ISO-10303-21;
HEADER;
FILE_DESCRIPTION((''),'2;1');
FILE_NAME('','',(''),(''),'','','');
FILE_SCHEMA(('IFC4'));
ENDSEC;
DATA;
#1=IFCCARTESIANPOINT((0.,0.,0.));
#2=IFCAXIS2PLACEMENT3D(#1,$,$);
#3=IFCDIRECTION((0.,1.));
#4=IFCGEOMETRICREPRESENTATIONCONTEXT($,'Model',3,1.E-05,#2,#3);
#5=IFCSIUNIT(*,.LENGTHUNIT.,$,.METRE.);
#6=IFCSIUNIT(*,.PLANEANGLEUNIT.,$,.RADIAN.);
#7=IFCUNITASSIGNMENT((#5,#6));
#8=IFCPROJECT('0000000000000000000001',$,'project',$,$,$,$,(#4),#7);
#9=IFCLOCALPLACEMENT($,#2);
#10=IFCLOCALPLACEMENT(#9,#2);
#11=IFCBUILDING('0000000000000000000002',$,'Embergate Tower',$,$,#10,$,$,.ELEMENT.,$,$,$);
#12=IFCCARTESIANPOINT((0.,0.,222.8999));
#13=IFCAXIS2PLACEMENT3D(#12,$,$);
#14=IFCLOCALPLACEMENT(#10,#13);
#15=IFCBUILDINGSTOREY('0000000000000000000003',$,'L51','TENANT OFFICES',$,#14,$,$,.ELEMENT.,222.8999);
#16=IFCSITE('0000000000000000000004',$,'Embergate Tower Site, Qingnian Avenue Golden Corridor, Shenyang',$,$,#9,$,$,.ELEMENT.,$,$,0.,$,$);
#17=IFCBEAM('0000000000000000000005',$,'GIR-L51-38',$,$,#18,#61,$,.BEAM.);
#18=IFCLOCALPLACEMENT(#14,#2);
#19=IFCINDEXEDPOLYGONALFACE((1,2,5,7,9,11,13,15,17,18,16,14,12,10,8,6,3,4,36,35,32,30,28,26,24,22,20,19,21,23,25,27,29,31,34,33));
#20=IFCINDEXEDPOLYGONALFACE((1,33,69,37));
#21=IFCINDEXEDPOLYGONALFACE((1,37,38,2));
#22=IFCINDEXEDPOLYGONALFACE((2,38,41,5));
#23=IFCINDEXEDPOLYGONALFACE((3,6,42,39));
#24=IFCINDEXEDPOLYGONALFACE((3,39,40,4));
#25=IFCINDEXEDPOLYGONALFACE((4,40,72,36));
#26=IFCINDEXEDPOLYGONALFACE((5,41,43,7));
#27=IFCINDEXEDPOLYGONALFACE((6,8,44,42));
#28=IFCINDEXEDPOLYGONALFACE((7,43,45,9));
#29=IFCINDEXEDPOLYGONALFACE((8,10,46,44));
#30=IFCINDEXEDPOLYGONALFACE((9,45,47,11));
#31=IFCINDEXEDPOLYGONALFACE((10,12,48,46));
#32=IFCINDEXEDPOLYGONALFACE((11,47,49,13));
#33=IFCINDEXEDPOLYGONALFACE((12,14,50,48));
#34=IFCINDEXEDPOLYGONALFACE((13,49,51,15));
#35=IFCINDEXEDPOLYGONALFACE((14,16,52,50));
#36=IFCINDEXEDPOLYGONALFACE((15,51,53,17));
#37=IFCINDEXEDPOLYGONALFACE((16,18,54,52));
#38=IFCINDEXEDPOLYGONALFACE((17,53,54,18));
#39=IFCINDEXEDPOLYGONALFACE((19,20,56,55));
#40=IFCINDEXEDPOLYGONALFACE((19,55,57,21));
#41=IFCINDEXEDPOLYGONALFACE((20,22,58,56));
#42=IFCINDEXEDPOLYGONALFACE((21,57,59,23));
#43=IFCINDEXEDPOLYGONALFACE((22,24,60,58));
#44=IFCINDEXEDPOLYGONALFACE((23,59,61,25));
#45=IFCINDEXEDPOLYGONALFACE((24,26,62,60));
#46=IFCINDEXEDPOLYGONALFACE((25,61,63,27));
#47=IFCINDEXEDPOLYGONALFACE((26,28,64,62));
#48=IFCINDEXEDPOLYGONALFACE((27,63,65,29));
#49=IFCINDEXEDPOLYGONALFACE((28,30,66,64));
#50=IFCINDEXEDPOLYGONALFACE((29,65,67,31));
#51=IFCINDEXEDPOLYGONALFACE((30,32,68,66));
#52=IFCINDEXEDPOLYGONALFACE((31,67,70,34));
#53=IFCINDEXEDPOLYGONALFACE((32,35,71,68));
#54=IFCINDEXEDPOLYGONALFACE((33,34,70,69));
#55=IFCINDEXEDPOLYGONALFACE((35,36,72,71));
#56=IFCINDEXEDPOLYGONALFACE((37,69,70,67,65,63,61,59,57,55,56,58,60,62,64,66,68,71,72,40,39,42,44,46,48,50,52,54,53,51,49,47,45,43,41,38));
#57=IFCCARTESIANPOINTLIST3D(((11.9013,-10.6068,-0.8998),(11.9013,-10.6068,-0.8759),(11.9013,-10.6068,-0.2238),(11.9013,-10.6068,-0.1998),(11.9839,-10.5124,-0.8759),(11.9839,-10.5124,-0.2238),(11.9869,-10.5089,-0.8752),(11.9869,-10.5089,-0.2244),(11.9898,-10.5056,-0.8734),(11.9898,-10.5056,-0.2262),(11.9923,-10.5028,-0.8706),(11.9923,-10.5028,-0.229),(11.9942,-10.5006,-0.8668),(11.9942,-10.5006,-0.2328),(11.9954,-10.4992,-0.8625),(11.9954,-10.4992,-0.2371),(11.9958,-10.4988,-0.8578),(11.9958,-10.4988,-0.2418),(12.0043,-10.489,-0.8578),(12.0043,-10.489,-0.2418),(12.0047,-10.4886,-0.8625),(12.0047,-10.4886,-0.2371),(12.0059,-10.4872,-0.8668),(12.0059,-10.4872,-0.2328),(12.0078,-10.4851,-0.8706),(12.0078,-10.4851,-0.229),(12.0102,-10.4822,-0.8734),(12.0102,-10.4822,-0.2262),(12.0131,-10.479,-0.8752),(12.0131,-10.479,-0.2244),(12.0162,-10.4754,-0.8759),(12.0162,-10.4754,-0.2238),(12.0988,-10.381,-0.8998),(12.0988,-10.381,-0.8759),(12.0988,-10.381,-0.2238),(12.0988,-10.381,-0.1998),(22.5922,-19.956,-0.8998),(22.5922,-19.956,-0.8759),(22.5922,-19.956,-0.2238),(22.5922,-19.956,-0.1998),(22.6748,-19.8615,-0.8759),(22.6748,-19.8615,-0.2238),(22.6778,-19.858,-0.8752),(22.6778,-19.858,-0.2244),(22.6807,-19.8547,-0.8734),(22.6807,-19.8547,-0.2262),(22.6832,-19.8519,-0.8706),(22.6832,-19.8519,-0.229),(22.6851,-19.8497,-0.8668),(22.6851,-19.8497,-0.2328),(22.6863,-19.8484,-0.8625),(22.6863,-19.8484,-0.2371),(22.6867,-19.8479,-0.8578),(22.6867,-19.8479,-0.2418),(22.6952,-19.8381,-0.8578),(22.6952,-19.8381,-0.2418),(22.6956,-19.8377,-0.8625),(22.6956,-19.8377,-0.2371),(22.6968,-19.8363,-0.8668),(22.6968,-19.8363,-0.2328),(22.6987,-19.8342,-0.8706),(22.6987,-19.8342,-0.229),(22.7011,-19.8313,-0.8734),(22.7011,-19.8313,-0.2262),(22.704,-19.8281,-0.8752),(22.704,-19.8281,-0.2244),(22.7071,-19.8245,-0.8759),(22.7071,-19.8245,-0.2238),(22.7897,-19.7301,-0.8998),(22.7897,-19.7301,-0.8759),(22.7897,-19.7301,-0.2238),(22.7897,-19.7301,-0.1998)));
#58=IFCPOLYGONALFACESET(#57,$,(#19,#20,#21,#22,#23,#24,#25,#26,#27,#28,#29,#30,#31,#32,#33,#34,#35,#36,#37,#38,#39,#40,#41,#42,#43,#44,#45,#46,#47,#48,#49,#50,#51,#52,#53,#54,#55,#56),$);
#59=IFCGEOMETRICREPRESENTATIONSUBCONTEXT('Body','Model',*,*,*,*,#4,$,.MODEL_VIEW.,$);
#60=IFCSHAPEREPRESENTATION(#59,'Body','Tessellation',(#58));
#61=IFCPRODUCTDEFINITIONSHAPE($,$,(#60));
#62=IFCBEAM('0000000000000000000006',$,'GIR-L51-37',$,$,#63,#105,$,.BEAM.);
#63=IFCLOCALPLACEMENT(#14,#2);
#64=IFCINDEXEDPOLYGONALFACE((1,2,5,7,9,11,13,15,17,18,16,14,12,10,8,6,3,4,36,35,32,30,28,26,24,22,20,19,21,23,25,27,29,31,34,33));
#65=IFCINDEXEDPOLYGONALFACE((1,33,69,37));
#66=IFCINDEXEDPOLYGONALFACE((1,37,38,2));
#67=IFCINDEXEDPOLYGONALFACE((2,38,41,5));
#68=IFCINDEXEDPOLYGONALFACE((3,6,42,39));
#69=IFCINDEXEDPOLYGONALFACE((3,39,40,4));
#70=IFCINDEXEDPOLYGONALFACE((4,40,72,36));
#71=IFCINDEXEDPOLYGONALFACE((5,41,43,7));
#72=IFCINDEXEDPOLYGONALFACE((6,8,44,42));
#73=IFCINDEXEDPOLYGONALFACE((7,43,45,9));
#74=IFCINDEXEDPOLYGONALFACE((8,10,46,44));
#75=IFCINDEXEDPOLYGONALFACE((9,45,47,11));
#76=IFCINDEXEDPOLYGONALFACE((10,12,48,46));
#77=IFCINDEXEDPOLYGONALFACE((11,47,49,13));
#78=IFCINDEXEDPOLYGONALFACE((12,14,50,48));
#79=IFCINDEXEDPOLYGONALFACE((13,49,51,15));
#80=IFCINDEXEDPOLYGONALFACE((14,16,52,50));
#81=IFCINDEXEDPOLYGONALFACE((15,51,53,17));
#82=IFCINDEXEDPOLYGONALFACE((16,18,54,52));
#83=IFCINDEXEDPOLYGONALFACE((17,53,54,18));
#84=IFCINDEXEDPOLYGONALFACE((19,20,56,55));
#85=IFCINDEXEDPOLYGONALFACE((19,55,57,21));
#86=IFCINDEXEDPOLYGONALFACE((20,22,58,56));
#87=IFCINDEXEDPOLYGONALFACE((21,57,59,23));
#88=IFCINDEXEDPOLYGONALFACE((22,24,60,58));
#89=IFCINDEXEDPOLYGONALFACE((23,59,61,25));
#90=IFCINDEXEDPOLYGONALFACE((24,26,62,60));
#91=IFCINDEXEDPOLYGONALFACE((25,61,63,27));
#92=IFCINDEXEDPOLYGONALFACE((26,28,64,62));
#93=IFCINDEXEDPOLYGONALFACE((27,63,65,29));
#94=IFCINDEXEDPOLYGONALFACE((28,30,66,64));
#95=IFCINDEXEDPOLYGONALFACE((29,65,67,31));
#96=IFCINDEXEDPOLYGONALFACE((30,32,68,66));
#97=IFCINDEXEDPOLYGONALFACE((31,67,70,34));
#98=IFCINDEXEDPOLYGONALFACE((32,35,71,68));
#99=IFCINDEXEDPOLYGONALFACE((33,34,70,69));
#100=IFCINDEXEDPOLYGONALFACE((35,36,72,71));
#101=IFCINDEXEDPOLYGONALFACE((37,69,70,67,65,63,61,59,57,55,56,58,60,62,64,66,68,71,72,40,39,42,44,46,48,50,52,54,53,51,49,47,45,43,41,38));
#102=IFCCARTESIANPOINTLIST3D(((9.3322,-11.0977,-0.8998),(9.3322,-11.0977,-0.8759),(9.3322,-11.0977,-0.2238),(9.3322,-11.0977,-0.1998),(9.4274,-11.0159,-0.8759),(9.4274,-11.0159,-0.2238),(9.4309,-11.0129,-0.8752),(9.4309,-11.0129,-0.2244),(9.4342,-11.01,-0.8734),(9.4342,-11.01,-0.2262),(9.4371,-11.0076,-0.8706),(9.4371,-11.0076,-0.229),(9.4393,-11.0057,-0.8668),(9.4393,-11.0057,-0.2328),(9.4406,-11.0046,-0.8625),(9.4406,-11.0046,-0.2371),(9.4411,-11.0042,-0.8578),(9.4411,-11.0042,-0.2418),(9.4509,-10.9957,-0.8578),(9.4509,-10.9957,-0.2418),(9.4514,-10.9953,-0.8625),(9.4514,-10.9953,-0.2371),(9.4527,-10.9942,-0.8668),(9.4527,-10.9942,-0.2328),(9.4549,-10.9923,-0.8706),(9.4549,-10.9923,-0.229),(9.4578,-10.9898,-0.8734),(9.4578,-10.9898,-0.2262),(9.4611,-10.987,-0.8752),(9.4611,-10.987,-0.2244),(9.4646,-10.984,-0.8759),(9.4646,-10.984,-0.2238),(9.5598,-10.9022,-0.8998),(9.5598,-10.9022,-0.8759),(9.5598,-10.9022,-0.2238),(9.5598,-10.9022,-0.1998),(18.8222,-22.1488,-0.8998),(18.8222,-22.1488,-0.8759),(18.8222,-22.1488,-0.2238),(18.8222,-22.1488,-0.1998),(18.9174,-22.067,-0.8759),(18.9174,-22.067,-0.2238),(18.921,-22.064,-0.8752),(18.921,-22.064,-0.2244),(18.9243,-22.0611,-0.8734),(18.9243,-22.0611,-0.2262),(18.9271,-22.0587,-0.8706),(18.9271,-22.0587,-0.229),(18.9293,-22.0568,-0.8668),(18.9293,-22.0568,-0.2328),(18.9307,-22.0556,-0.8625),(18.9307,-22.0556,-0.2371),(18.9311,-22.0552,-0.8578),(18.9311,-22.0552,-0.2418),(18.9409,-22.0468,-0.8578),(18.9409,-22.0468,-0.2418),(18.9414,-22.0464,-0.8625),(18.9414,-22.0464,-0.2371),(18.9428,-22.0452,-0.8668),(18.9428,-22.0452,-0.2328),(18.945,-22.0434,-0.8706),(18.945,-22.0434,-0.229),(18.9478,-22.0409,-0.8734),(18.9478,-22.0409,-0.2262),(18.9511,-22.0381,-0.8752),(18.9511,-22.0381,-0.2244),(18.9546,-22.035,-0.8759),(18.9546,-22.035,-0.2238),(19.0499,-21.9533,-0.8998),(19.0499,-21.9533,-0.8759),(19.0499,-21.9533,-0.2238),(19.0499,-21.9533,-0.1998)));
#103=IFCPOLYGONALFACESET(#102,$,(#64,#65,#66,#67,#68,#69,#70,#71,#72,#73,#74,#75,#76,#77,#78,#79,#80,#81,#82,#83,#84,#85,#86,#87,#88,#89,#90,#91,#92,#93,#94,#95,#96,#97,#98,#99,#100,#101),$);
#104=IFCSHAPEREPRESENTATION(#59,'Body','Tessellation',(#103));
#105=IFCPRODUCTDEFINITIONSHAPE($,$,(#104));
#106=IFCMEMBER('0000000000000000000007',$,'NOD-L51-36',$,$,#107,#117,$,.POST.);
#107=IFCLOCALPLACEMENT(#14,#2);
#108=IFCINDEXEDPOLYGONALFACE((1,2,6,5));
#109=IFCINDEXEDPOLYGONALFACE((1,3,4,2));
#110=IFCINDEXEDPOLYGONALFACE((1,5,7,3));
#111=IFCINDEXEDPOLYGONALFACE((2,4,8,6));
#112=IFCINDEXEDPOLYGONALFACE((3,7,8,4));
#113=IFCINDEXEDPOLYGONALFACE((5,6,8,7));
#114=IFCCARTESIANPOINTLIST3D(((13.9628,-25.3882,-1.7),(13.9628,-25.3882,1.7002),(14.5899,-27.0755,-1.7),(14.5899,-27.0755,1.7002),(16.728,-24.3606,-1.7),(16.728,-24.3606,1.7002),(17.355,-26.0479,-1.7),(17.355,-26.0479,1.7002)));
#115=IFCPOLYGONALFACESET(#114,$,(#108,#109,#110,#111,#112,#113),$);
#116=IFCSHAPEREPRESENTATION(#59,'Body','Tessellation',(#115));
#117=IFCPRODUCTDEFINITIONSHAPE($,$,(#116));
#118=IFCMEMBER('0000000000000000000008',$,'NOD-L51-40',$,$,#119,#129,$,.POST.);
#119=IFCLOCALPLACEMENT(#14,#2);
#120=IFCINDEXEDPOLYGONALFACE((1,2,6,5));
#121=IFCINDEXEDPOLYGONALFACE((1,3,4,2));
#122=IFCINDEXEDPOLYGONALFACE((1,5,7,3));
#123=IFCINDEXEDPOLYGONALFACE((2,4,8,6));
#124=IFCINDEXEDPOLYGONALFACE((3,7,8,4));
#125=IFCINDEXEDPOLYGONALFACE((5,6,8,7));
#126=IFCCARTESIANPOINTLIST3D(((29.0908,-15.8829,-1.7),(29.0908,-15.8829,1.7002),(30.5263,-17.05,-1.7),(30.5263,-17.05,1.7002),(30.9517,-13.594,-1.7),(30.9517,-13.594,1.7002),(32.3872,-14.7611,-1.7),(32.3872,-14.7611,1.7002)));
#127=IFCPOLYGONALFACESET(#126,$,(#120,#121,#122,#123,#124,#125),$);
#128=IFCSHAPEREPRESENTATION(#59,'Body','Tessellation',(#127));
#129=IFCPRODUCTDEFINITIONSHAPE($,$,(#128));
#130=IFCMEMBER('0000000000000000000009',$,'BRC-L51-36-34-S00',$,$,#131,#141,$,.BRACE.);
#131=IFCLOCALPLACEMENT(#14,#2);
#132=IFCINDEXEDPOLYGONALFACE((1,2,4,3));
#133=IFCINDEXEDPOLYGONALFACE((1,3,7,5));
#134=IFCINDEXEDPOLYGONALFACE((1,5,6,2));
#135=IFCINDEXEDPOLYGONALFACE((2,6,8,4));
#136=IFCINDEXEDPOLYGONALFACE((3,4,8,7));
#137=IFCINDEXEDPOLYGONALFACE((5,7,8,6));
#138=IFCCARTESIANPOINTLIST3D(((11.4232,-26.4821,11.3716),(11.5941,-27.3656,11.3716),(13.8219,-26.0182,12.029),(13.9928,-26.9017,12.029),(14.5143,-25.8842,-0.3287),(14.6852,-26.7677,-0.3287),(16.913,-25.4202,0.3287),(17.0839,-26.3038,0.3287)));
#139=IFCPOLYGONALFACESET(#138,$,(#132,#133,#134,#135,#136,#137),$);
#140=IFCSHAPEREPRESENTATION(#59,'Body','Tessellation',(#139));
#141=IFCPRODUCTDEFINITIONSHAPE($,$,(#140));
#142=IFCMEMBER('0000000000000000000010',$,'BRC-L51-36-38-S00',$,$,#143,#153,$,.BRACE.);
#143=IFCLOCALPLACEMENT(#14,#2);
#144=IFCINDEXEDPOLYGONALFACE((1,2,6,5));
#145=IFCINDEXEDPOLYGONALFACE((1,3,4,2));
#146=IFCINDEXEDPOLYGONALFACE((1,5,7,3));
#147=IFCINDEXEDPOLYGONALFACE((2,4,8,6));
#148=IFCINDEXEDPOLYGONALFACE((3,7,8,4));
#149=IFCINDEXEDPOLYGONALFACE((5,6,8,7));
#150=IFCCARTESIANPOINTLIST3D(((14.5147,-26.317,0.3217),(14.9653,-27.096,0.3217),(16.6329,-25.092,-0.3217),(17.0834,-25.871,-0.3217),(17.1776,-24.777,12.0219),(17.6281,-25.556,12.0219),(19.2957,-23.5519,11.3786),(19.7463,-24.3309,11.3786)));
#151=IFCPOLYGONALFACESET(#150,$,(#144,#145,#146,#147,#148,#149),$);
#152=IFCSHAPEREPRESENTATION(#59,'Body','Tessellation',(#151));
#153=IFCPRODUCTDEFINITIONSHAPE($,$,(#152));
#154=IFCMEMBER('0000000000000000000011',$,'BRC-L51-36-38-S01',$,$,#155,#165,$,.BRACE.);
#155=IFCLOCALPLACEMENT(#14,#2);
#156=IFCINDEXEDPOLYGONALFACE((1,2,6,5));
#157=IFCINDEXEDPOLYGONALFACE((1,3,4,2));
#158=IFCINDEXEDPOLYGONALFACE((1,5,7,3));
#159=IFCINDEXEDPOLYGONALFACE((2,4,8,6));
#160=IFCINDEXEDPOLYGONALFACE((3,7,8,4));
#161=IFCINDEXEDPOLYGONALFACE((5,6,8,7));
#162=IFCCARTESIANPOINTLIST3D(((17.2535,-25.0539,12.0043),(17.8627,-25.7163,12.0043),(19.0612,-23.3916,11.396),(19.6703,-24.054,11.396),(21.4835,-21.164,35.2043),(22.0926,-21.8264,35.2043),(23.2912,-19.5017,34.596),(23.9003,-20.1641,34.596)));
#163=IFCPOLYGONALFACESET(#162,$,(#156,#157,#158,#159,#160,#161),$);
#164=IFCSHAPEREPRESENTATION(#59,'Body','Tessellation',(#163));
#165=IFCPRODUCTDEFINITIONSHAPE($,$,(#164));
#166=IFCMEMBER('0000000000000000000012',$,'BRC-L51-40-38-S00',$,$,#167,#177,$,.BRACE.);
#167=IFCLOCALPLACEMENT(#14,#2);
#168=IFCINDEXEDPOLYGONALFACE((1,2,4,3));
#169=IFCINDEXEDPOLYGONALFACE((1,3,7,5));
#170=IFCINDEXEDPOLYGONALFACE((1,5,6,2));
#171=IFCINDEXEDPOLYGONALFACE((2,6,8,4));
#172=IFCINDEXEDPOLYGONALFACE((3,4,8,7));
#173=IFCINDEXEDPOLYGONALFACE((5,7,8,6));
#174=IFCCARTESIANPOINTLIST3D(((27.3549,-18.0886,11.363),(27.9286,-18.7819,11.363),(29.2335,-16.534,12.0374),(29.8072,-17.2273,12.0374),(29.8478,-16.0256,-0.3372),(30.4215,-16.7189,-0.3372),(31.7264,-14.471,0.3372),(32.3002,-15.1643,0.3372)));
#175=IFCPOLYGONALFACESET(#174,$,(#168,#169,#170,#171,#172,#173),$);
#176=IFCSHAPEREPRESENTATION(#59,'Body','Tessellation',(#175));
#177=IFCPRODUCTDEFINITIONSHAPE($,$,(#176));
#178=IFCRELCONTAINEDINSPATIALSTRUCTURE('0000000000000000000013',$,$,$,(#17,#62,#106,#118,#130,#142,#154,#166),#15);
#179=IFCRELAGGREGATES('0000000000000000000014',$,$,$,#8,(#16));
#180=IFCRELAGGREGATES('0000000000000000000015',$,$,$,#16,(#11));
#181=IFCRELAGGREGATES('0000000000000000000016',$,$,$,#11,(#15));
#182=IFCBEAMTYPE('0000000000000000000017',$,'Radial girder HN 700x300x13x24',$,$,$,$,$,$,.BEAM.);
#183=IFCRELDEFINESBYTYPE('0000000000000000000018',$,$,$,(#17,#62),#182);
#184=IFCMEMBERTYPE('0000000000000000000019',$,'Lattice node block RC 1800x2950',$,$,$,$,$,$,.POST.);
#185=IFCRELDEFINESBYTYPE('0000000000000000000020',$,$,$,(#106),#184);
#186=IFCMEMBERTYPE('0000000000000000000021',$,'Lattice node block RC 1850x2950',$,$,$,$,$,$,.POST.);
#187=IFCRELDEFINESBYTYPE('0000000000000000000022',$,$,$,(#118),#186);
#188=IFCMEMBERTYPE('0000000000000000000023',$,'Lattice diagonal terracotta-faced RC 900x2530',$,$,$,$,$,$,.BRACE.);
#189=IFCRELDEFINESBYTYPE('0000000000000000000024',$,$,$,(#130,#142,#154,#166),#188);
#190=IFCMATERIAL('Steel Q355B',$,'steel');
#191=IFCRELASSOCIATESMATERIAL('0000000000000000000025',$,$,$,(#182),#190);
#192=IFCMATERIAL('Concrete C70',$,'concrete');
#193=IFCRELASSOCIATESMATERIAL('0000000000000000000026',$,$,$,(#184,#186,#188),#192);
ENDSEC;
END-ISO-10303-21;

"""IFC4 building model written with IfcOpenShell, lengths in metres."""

from ifc_helpers import new_model, si_unit, direction, frame, origin, origin_2d, place, context, subcontext, project, spatial, rectangle, i_section, extrude, source, transform, mapped, material, material_profile, profile_set, type_object, element, save


model = new_model("IFC4")

# Units and contexts
model_context = context("Model", 3, precision=1e-05, world=origin(), true_north=direction((0.0, 1.0)))
body_context = subcontext(model_context, "Body", "Model", "MODEL_VIEW")
ifc_project = project(units=[si_unit("LENGTHUNIT", "METRE"), si_unit("PLANEANGLEUNIT", "RADIAN")], contexts=[model_context])

# Site, building, storey
site_placement = place(None, origin())
site = spatial("IfcSite", under=ifc_project, at=site_placement, Name="Embergate Tower Site, Qingnian Avenue Golden Corridor, Shenyang", CompositionType="ELEMENT", RefElevation=0.0)
building_placement = place(site_placement, origin())
building = spatial("IfcBuilding", under=site, at=building_placement, Name="Embergate Tower", CompositionType="ELEMENT")
storey_placement = place(building_placement, frame((0.0, 0.0, 222.8999)))
storey = spatial("IfcBuildingStorey", under=building, at=storey_placement, Name="L51", Description="TENANT OFFICES", CompositionType="ELEMENT", Elevation=222.8999)

# Beams
ifc_material_1 = material(Name="Steel Q355B", Category="steel")
ifc_material_profile_1 = material_profile(ifc_material_1, i_section(OverallWidth=0.3, OverallDepth=0.7, WebThickness=0.0129, FlangeThickness=0.0239, FilletRadius=0.0181, at=origin_2d()), Name="HN 700x300x13x24")
ifc_profile_set_1 = profile_set([ifc_material_profile_1], Name="Steel Q355 grade B")
beam_type_1 = type_object("IfcBeamType", Name="Radial girder HN 700x300x13x24", PredefinedType="BEAM", material=ifc_profile_set_1)
shared_shape_1 = source(origin(), body_context, "Body", "SweptSolid", [
    extrude(i_section(OverallWidth=0.3, OverallDepth=0.7, WebThickness=0.0129, FlangeThickness=0.0239, FilletRadius=0.0181, at=origin_2d()), origin(), (0.0, 0.0, 1.0), 14.2021),
])
beam_1_placement = place(storey_placement, frame((22.6909, -19.843, -0.5498), z_axis=(-0.752766, 0.658288, 0.0), x_axis=(-0.658288, -0.752766, 0.0)))
element("IfcBeam", 1, at=beam_1_placement, inside=storey, type_object=beam_type_1, Name="GIR-L51-38", PredefinedType="BEAM", context=body_context, shape_type="MappedRepresentation", body=[
    mapped(shared_shape_1, transform((0.0, 0.0, 0.0))),
])
shared_shape_2 = source(origin(), body_context, "Body", "SweptSolid", [
    extrude(i_section(OverallWidth=0.3, OverallDepth=0.7, WebThickness=0.0129, FlangeThickness=0.0239, FilletRadius=0.0181, at=origin_2d()), origin(), (0.0, 0.0, 1.0), 14.5667),
])
beam_2_placement = place(storey_placement, frame((18.936, -22.051, -0.5498), z_axis=(-0.651491, 0.758656, 0.0), x_axis=(-0.758656, -0.651491, 0.0)))
element("IfcBeam", 2, at=beam_2_placement, inside=storey, type_object=beam_type_1, Name="GIR-L51-37", PredefinedType="BEAM", context=body_context, shape_type="MappedRepresentation", body=[
    mapped(shared_shape_2, transform((0.0, 0.0, 0.0))),
])

# Members
ifc_material_2 = material(Name="Concrete C70", Category="concrete")
ifc_material_profile_2 = material_profile(ifc_material_2, rectangle(XDim=1.8, YDim=2.95, at=origin_2d()), Name="RC 1800x2950")
ifc_profile_set_2 = profile_set([ifc_material_profile_2], Name="Concrete C70")
member_type_1 = type_object("IfcMemberType", Name="Lattice node block RC 1800x2950", PredefinedType="POST", material=ifc_profile_set_2)
shared_shape_3 = source(origin(), body_context, "Body", "SweptSolid", [
    extrude(rectangle(XDim=1.8, YDim=2.95, at=origin_2d()), origin(), (0.0, 0.0, 1.0), 3.4001),
])
member_1_placement = place(storey_placement, frame((15.6589, -25.718, -1.7), z_axis=(0.0, 0.0, 1.0), x_axis=(0.348343, -0.937367, 0.0)))
element("IfcMember", 3, at=member_1_placement, inside=storey, type_object=member_type_1, Name="NOD-L51-36", PredefinedType="POST", context=body_context, shape_type="MappedRepresentation", body=[
    mapped(shared_shape_3, transform((0.0, 0.0, 0.0))),
])
ifc_material_profile_3 = material_profile(ifc_material_2, rectangle(XDim=1.8501, YDim=2.95, at=origin_2d()), Name="RC 1850x2950")
ifc_profile_set_3 = profile_set([ifc_material_profile_3], Name="Concrete C70")
member_type_2 = type_object("IfcMemberType", Name="Lattice node block RC 1850x2950", PredefinedType="POST", material=ifc_profile_set_3)
shared_shape_4 = source(origin(), body_context, "Body", "SweptSolid", [
    extrude(rectangle(XDim=1.8501, YDim=2.95, at=origin_2d()), origin(), (0.0, 0.0, 1.0), 3.4001),
])
member_2_placement = place(storey_placement, frame((30.739, -15.322, -1.7), z_axis=(0.0, 0.0, 1.0), x_axis=(0.775925, -0.630825, 0.0)))
element("IfcMember", 4, at=member_2_placement, inside=storey, type_object=member_type_2, Name="NOD-L51-40", PredefinedType="POST", context=body_context, shape_type="MappedRepresentation", body=[
    mapped(shared_shape_4, transform((0.0, 0.0, 0.0))),
])
ifc_material_profile_4 = material_profile(ifc_material_2, rectangle(XDim=0.8999, YDim=2.53, at=origin_2d()), Name="RC 900x2530")
ifc_profile_set_4 = profile_set([ifc_material_profile_4], Name="Concrete C70")
member_type_3 = type_object("IfcMemberType", Name="Lattice diagonal terracotta-faced RC 900x2530", PredefinedType="BRACE", material=ifc_profile_set_4)
shared_shape_5 = source(origin(), body_context, "Body", "SweptSolid", [
    extrude(rectangle(XDim=0.8999, YDim=2.53, at=origin_2d()), origin(), (0.0, 0.0, 1.0), 12.1165),
])
member_3_placement = place(storey_placement, frame((15.7991, -26.094, 0.0), z_axis=(-0.255114, -0.049346, 0.965651), x_axis=(0.189909, -0.981802, 0.0)))
element("IfcMember", 5, at=member_3_placement, inside=storey, type_object=member_type_3, Name="BRC-L51-36-34-S00", PredefinedType="BRACE", context=body_context, shape_type="MappedRepresentation", body=[
    mapped(shared_shape_5, transform((0.0, 0.0, 0.0))),
])
shared_shape_6 = source(origin(), body_context, "Body", "SweptSolid", [
    extrude(rectangle(XDim=0.8999, YDim=2.53, at=origin_2d()), origin(), (0.0, 0.0, 1.0), 12.0979),
])
member_4_placement = place(storey_placement, frame((15.7991, -26.094, 0.0), z_axis=(0.220109, 0.127299, 0.967133), x_axis=(-0.500645, 0.865653, 0.0)))
element("IfcMember", 6, at=member_4_placement, inside=storey, type_object=member_type_3, Name="BRC-L51-36-38-S00", PredefinedType="BRACE", context=body_context, shape_type="MappedRepresentation", body=[
    mapped(shared_shape_6, transform((0.0, 0.0, 0.0))),
])
shared_shape_7 = source(origin(), body_context, "Body", "SweptSolid", [
    extrude(rectangle(XDim=0.8999, YDim=2.53, at=origin_2d()), origin(), (0.0, 0.0, 1.0), 23.9011),
])
member_5_placement = place(storey_placement, frame((18.4619, -24.554, 11.7002), z_axis=(0.176979, 0.16275, 0.970665), x_axis=(-0.676897, 0.736077, 0.0)))
element("IfcMember", 7, at=member_5_placement, inside=storey, type_object=member_type_3, Name="BRC-L51-36-38-S01", PredefinedType="BRACE", context=body_context, shape_type="MappedRepresentation", body=[
    mapped(shared_shape_7, transform((0.0, 0.0, 0.0))),
])
shared_shape_8 = source(origin(), body_context, "Body", "SweptSolid", [
    extrude(rectangle(XDim=0.8999, YDim=2.53, at=origin_2d()), origin(), (0.0, 0.0, 1.0), 12.1394),
])
member_6_placement = place(storey_placement, frame((31.074, -15.595, 0.0), z_axis=(-0.205358, -0.169941, 0.96382), x_axis=(0.637546, -0.770412, 0.0)))
element("IfcMember", 8, at=member_6_placement, inside=storey, type_object=member_type_3, Name="BRC-L51-40-38-S00", PredefinedType="BRACE", context=body_context, shape_type="MappedRepresentation", body=[
    mapped(shared_shape_8, transform((0.0, 0.0, 0.0))),
])

save(model, "model.ifc")
